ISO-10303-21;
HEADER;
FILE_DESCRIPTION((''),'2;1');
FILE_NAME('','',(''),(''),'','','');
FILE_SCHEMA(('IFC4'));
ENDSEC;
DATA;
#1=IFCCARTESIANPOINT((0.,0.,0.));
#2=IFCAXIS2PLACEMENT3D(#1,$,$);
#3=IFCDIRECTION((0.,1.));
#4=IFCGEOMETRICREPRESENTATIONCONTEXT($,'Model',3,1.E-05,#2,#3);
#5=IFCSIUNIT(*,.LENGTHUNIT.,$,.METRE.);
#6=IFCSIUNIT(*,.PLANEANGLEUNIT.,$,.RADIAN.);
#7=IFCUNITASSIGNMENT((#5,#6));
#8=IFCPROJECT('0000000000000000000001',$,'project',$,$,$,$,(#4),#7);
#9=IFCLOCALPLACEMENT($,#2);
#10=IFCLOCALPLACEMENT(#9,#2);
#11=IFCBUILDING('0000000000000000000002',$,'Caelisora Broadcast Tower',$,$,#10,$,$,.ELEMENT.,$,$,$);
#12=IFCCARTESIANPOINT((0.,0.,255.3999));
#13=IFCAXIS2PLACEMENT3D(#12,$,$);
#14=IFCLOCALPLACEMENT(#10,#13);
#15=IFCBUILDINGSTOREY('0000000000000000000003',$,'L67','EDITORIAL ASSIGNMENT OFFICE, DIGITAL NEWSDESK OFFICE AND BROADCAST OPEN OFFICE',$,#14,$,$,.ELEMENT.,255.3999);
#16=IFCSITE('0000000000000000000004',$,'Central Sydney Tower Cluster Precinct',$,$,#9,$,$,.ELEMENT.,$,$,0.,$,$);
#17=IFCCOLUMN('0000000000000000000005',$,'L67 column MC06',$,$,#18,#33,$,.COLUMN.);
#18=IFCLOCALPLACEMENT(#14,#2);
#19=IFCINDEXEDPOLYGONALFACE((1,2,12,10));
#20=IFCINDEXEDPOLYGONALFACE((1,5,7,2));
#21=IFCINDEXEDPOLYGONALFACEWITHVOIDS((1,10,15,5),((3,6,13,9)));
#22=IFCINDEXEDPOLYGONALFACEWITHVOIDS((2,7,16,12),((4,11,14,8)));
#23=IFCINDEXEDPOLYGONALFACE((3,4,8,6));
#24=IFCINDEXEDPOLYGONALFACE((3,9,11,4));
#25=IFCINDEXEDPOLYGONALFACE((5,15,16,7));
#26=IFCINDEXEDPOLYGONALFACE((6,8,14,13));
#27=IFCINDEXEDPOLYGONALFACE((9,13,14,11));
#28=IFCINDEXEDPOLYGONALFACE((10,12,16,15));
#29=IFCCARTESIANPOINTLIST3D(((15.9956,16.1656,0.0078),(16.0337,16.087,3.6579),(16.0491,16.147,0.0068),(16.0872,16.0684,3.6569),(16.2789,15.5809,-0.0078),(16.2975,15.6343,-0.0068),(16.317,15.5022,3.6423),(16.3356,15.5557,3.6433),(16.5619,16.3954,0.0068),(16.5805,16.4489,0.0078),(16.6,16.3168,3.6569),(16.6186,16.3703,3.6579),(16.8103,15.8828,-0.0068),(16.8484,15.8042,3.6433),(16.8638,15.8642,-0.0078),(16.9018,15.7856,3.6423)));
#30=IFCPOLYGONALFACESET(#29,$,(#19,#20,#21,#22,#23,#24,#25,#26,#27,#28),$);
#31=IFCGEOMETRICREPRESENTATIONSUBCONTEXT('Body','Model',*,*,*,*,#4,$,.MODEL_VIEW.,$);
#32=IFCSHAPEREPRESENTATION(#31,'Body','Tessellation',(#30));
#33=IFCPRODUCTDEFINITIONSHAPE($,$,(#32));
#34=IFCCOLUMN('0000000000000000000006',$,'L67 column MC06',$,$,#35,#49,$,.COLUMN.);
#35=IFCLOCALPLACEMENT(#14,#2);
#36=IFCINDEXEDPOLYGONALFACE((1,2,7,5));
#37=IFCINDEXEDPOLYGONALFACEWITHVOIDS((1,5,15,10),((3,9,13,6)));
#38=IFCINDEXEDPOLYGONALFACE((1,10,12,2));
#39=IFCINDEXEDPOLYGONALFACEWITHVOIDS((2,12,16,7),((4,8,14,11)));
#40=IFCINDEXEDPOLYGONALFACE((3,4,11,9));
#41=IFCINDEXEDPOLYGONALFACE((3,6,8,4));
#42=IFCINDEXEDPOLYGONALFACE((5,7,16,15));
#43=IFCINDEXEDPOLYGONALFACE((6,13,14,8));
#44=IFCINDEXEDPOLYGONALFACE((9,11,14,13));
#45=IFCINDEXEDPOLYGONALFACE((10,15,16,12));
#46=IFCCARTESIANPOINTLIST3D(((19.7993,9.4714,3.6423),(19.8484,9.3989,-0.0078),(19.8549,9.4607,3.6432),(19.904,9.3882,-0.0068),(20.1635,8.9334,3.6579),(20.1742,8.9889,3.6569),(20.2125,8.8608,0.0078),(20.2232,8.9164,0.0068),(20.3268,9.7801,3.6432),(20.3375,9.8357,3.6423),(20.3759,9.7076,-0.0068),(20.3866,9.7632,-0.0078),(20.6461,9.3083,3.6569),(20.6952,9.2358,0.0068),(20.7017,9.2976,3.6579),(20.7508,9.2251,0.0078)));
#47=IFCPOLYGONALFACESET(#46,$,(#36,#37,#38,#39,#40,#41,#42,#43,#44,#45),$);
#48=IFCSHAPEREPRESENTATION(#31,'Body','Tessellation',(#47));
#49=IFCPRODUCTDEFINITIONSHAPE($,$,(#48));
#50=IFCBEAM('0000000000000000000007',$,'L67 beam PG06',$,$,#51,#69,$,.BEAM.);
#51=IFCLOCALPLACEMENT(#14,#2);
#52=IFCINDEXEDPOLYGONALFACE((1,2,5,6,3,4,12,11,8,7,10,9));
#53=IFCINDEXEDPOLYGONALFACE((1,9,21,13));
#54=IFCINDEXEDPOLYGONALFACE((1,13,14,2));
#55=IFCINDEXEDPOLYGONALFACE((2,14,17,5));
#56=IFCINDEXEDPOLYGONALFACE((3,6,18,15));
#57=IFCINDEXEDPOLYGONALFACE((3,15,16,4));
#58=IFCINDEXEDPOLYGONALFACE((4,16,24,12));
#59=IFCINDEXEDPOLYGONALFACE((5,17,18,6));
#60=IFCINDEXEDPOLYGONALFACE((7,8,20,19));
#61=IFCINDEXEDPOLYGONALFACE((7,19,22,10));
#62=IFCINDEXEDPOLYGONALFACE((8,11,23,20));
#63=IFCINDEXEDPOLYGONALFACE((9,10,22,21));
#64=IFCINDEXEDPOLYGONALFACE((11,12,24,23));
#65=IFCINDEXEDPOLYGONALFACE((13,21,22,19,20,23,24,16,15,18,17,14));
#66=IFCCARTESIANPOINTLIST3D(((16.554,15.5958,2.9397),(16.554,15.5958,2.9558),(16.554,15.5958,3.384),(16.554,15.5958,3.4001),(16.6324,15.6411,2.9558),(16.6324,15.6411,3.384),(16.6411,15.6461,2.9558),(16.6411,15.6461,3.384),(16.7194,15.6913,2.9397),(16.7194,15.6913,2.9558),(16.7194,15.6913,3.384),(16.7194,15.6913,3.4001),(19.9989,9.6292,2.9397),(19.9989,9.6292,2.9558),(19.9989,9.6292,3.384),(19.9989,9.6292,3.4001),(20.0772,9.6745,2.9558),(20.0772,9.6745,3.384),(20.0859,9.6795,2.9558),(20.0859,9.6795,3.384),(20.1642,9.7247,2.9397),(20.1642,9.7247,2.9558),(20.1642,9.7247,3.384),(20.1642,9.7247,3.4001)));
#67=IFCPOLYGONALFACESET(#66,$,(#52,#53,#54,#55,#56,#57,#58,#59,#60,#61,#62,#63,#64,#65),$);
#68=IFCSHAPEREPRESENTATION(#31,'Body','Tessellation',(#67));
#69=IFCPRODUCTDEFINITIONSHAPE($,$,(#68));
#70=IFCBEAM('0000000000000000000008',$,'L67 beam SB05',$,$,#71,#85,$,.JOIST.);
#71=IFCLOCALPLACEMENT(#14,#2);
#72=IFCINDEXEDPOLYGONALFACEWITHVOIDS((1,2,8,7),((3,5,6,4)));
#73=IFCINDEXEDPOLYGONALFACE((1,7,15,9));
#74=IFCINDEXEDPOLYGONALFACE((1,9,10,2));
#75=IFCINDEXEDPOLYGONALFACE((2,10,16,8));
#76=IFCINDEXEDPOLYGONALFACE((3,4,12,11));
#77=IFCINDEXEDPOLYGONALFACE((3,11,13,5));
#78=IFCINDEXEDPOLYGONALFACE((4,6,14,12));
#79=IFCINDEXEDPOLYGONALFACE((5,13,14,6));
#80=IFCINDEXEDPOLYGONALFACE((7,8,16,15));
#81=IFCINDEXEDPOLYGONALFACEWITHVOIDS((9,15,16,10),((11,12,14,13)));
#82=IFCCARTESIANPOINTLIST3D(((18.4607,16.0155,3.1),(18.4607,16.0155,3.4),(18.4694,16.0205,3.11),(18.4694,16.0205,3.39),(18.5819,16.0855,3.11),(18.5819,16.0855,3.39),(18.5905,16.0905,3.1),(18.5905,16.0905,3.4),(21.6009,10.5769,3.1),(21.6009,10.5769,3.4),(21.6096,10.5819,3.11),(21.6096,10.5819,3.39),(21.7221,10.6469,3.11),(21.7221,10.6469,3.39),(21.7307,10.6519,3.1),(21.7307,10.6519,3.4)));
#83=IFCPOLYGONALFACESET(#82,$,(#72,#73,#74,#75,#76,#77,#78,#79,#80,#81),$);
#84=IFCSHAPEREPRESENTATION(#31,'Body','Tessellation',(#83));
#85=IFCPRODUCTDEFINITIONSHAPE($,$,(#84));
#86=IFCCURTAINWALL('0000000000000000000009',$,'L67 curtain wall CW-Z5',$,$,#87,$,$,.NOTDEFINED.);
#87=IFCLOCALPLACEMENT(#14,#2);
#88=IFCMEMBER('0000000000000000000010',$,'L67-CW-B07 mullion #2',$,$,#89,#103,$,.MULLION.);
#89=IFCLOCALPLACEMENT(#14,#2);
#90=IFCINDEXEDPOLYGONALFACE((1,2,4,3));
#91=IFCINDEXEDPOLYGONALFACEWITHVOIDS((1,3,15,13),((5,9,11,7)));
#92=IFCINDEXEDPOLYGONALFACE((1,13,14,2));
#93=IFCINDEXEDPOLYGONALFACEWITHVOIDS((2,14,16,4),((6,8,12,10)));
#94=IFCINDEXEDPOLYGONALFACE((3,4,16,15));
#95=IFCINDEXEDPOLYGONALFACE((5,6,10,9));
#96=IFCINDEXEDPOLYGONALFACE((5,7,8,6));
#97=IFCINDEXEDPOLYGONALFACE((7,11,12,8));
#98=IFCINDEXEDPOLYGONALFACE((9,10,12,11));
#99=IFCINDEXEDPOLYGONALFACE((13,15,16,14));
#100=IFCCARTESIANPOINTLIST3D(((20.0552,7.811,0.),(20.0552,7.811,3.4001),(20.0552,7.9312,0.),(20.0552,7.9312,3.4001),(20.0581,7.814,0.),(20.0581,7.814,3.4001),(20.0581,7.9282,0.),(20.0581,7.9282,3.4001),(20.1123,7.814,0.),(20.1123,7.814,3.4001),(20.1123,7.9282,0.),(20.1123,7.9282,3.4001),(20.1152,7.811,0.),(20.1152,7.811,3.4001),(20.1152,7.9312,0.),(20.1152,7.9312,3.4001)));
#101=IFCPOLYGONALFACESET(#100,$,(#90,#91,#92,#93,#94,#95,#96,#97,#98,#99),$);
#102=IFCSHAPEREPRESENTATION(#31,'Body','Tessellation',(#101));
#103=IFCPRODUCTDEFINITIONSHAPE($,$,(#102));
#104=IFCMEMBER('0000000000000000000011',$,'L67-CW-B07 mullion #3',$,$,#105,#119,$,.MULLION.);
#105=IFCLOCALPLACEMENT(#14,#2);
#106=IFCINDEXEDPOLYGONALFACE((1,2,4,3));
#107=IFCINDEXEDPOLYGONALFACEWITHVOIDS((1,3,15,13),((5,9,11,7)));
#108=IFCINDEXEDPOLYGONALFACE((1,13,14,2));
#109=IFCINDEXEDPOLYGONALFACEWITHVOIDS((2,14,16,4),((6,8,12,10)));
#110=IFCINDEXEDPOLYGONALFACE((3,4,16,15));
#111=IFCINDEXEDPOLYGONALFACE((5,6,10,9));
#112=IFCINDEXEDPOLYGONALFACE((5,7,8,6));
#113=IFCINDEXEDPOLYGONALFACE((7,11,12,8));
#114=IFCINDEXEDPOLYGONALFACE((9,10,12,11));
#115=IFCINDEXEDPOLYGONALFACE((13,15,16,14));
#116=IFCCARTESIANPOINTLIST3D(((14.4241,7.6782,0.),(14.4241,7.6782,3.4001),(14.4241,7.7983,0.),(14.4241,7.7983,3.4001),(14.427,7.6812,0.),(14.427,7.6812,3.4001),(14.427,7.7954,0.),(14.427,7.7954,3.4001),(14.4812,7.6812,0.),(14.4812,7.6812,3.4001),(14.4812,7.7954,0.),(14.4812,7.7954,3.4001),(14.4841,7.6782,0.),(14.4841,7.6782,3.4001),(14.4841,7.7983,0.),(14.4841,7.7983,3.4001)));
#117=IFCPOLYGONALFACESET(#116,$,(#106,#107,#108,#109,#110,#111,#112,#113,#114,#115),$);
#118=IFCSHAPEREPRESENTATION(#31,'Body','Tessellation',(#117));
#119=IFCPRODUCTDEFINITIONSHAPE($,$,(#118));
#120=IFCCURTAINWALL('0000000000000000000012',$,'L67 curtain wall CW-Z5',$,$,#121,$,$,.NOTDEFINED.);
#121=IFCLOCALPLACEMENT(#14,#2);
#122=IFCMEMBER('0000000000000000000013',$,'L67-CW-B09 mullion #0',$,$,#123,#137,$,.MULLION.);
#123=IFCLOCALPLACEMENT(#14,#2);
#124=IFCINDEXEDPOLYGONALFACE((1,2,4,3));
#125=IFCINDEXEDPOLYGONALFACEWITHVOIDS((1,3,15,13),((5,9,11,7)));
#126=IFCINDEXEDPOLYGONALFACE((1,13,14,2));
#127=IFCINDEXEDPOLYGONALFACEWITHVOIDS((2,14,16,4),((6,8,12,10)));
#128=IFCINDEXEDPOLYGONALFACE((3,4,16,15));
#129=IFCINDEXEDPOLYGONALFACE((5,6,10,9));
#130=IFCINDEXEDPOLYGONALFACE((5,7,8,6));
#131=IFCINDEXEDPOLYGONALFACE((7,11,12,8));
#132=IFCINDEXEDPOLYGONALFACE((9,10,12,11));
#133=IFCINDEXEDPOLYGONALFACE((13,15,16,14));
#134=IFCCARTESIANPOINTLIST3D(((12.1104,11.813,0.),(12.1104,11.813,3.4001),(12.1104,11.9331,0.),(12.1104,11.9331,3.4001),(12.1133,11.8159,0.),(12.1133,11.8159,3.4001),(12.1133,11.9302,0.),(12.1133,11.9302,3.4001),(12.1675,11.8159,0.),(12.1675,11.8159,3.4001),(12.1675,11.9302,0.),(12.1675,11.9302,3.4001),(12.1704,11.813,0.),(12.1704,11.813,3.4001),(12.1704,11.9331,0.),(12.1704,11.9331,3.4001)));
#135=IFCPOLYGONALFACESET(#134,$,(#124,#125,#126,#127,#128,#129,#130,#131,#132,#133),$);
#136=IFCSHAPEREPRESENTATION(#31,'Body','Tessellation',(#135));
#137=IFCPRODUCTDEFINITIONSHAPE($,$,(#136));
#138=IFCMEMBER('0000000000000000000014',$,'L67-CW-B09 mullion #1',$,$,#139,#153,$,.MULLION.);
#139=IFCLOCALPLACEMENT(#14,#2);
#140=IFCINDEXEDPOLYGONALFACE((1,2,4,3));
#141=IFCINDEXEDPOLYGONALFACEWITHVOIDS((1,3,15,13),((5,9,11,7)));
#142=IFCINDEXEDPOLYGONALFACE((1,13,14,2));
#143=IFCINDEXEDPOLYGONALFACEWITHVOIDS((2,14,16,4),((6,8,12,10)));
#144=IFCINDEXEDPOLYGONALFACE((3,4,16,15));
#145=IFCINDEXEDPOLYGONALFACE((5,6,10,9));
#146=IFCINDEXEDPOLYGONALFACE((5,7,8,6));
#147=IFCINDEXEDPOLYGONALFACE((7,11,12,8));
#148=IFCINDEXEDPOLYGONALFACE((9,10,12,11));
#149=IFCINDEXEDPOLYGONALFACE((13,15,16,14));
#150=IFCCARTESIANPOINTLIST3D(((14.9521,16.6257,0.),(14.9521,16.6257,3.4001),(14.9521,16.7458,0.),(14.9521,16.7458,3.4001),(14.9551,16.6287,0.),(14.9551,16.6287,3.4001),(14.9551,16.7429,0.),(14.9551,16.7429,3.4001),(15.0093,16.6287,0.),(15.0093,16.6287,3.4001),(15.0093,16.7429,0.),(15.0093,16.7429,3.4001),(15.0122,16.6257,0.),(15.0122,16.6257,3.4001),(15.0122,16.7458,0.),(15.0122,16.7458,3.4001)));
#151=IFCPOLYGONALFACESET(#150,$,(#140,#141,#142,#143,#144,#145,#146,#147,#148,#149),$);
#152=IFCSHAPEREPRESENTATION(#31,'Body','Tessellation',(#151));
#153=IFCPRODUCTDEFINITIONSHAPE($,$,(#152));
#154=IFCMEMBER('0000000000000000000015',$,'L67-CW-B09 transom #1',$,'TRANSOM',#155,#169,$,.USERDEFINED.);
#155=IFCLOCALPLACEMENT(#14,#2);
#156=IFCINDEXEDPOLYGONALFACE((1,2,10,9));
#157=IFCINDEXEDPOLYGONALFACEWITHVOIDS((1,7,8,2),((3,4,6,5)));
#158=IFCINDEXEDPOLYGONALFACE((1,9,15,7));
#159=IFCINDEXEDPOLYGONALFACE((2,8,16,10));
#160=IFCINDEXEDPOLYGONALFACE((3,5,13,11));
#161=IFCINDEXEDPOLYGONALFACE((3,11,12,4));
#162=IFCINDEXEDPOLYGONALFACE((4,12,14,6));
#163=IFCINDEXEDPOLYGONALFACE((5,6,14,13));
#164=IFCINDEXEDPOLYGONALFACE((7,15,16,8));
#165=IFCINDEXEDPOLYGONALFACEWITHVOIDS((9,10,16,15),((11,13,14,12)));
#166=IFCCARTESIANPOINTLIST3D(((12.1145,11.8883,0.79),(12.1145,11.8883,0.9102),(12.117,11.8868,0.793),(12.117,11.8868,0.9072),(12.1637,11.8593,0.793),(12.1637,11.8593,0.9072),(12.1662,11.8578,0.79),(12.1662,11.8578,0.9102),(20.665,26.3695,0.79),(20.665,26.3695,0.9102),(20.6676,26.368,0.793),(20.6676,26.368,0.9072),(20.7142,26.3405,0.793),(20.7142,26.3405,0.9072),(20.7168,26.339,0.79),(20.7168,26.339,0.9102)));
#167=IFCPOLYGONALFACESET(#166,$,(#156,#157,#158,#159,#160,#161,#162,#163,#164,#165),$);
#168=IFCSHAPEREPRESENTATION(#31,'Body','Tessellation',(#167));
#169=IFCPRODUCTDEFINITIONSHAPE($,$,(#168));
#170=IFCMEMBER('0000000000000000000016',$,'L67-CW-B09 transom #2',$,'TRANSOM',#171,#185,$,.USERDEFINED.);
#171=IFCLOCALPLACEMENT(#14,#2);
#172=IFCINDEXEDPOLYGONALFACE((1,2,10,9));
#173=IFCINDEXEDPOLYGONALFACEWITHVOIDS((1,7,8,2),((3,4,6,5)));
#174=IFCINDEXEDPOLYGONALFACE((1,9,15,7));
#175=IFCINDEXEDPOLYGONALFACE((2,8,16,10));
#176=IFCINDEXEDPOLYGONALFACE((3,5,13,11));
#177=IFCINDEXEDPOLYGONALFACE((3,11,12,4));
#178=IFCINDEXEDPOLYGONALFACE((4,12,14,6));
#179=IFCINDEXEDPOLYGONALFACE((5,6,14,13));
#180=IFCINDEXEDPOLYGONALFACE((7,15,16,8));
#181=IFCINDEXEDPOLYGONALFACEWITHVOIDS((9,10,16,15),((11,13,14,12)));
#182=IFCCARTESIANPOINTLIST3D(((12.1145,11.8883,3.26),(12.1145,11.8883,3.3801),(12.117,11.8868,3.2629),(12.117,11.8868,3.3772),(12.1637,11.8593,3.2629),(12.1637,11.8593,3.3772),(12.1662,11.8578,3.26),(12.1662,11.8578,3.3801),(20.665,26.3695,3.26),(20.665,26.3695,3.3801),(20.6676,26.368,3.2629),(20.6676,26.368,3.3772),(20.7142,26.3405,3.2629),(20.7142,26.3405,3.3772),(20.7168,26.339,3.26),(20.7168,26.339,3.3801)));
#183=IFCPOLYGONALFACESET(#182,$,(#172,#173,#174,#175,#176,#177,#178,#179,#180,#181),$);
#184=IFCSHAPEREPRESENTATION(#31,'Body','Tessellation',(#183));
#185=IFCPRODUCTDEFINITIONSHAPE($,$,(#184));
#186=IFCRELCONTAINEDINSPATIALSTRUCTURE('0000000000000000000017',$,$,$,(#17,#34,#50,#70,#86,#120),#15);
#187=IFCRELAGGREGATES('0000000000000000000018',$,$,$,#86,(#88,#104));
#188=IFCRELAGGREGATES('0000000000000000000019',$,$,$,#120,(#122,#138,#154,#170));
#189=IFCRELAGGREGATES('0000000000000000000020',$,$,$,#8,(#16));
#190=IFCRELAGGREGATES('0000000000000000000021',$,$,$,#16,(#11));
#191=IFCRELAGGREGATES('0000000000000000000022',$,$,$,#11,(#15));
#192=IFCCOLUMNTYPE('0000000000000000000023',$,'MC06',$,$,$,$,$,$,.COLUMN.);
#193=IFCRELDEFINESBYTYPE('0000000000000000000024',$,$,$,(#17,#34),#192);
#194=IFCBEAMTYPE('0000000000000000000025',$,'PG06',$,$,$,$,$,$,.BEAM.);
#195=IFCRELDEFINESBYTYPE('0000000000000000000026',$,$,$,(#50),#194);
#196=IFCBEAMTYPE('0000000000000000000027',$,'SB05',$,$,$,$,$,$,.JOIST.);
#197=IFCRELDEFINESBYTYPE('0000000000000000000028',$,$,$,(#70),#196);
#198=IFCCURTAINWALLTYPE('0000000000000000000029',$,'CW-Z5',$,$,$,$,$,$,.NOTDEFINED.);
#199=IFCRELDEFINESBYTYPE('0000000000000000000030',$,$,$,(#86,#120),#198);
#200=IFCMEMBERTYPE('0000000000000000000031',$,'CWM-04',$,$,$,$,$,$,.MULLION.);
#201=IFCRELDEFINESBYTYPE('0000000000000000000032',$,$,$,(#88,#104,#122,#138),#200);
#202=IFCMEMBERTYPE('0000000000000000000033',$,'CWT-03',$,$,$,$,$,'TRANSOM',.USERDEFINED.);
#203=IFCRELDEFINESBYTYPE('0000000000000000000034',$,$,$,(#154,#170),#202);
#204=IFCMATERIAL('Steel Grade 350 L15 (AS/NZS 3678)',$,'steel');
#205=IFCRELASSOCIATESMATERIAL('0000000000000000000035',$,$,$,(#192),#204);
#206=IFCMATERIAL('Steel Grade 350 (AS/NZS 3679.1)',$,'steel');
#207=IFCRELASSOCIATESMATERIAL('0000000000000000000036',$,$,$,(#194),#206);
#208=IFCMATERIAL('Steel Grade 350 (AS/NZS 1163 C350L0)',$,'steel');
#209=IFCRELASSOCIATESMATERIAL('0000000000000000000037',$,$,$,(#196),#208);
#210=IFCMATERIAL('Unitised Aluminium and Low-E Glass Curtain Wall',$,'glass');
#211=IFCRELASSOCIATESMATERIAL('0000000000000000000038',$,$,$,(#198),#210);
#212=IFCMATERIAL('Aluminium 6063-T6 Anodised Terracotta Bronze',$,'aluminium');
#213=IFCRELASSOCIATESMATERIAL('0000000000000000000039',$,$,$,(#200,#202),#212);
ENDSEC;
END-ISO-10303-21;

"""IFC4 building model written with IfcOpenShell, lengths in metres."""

from ifc_helpers import new_model, si_unit, direction, frame, origin, origin_2d, place, context, subcontext, project, spatial, hollow_rectangle, i_section, extrude, source, transform, mapped, material, material_profile, profile_set, type_object, type_shapes, element, aggregate, save


model = new_model("IFC4")

# Units and contexts
model_context = context("Model", 3, precision=1e-05, world=origin(), true_north=direction((0.0, 1.0)))
body_context = subcontext(model_context, "Body", "Model", "MODEL_VIEW")
ifc_project = project(units=[si_unit("LENGTHUNIT", "METRE"), si_unit("PLANEANGLEUNIT", "RADIAN")], contexts=[model_context])

# Site, building, storey
site_placement = place(None, origin())
site = spatial("IfcSite", under=ifc_project, at=site_placement, Name="Central Sydney Tower Cluster Precinct", CompositionType="ELEMENT", RefElevation=0.0)
building_placement = place(site_placement, origin())
building = spatial("IfcBuilding", under=site, at=building_placement, Name="Caelisora Broadcast Tower", CompositionType="ELEMENT")
storey_placement = place(building_placement, frame((0.0, 0.0, 255.3999)))
storey = spatial("IfcBuildingStorey", under=building, at=storey_placement, Name="L67", Description="EDITORIAL ASSIGNMENT OFFICE, DIGITAL NEWSDESK OFFICE AND BROADCAST OPEN OFFICE", CompositionType="ELEMENT", Elevation=255.3999)

# Columns
ifc_material_1 = material(Name="Steel Grade 350 L15 (AS/NZS 3678)", Category="steel")
ifc_material_profile_1 = material_profile(ifc_material_1, hollow_rectangle(XDim=0.6499, YDim=0.6499, WallThickness=0.04, at=origin_2d()), Name="Steel Grade 350 L15 (AS/NZS 3678)")
ifc_profile_set_1 = profile_set([ifc_material_profile_1], Name="Steel Grade 350 L15 (AS/NZS 3678)")
column_type = type_object("IfcColumnType", Name="MC06", PredefinedType="COLUMN", material=ifc_profile_set_1)
shared_shape_1 = source(origin(), body_context, "Body", "SweptSolid", [
    extrude(hollow_rectangle(XDim=0.6499, YDim=0.6499, WallThickness=0.04, at=origin_2d()), origin(), (0.0, 0.0, 1.0), 3.6511),
])
type_shapes(column_type, [shared_shape_1])
for number, where, z_axis, x_axis, name in (
    (1, (16.4297, 16.0149, 0.0), (0.010431, -0.021531, 0.999714), (0.899947, 0.435999, 0.0), "L67 column MC06"),
    (2, (20.2996, 9.312, 0.0), (-0.01344, 0.019859, 0.999712), (-0.828169, -0.560478, 0.0), "L67 column MC06"),
):
    element("IfcColumn", number, at=place(storey_placement, frame(where, z_axis=z_axis, x_axis=x_axis)), inside=storey, type_object=column_type, Name=name, PredefinedType="COLUMN", context=body_context, shape_type="MappedRepresentation", body=[
        mapped(shared_shape_1, transform((0.0, 0.0, 0.0), scale=1.0)),
    ])

# Beams
ifc_material_2 = material(Name="Steel Grade 350 (AS/NZS 3679.1)", Category="steel")
ifc_material_profile_2 = material_profile(ifc_material_2, i_section(OverallWidth=0.1909, OverallDepth=0.4604, WebThickness=0.01, FlangeThickness=0.0161, at=origin_2d()), Name="Steel Grade 350 (AS/NZS 3679.1)")
ifc_profile_set_2 = profile_set([ifc_material_profile_2], Name="Steel Grade 350 (AS/NZS 3679.1)")
beam_type_1 = type_object("IfcBeamType", Name="PG06", PredefinedType="BEAM", material=ifc_profile_set_2)
shared_shape_2 = source(origin(), body_context, "Body", "SweptSolid", [
    extrude(i_section(OverallWidth=0.1909, OverallDepth=0.4604, WebThickness=0.01, FlangeThickness=0.0161, at=origin_2d()), origin(), (0.0, 0.0, 1.0), 6.8896),
])
type_shapes(beam_type_1, [shared_shape_2])
beam_1_placement = place(storey_placement, frame((16.6367, 15.6436, 3.1699), z_axis=(0.500004, -0.866023, 0.0), x_axis=(0.866023, 0.500004, 0.0)))
element("IfcBeam", 3, at=beam_1_placement, inside=storey, type_object=beam_type_1, Name="L67 beam PG06", PredefinedType="BEAM", context=body_context, shape_type="MappedRepresentation", body=[
    mapped(shared_shape_2, transform((0.0, 0.0, 0.0), scale=1.0)),
])
ifc_material_3 = material(Name="Steel Grade 350 (AS/NZS 1163 C350L0)", Category="steel")
ifc_material_profile_3 = material_profile(ifc_material_3, hollow_rectangle(XDim=0.1499, YDim=0.3, WallThickness=0.01, at=origin_2d()), Name="Steel Grade 350 (AS/NZS 1163 C350L0)")
ifc_profile_set_3 = profile_set([ifc_material_profile_3], Name="Steel Grade 350 (AS/NZS 1163 C350L0)")
beam_type_2 = type_object("IfcBeamType", Name="SB05", PredefinedType="JOIST", material=ifc_profile_set_3)
shared_shape_3 = source(origin(), body_context, "Body", "SweptSolid", [
    extrude(hollow_rectangle(XDim=0.1499, YDim=0.3, WallThickness=0.01, at=origin_2d()), origin(), (0.0, 0.0, 1.0), 6.28),
])
type_shapes(beam_type_2, [shared_shape_3])
beam_2_placement = place(storey_placement, frame((18.5256, 16.053, 3.25), z_axis=(0.500028, -0.866009, 0.0), x_axis=(0.866009, 0.500028, 0.0)))
element("IfcBeam", 4, at=beam_2_placement, inside=storey, type_object=beam_type_2, Name="L67 beam SB05", PredefinedType="JOIST", context=body_context, shape_type="MappedRepresentation", body=[
    mapped(shared_shape_3, transform((0.0, 0.0, 0.0), scale=1.0)),
])

# Curtain walls, members
ifc_material_4 = material(Name="Unitised Aluminium and Low-E Glass Curtain Wall", Category="glass")
curtain_wall_type = type_object("IfcCurtainWallType", Name="CW-Z5", PredefinedType="NOTDEFINED", material=ifc_material_4)
curtain_wall_1_placement = place(storey_placement, origin())
curtain_wall_1 = element("IfcCurtainWall", 5, at=curtain_wall_1_placement, inside=storey, type_object=curtain_wall_type, Name="L67 curtain wall CW-Z5", PredefinedType="NOTDEFINED")
ifc_material_5 = material(Name="Aluminium 6063-T6 Anodised Terracotta Bronze", Category="aluminium")
ifc_material_profile_4 = material_profile(ifc_material_5, hollow_rectangle(XDim=0.0601, YDim=0.1201, WallThickness=0.0029, at=origin_2d()), Name="Aluminium 6063-T6 Anodised Terracotta Bronze")
ifc_profile_set_4 = profile_set([ifc_material_profile_4], Name="Aluminium 6063-T6 Anodised Terracotta Bronze")
member_type_1 = type_object("IfcMemberType", Name="CWM-04", PredefinedType="MULLION", material=ifc_profile_set_4)
shared_shape_4 = source(origin(), body_context, "Body", "SweptSolid", [
    extrude(hollow_rectangle(XDim=0.0601, YDim=0.1201, WallThickness=0.0029, at=origin_2d()), origin(), (0.0, 0.0, 1.0), 3.4001),
])
type_shapes(member_type_1, [shared_shape_4])
member_1_placement = place(storey_placement, frame((20.0852, 7.8711, 0.0), z_axis=(0.0, 0.0, 1.0), x_axis=(1.0, 0.0, 0.0)))
member_1 = element("IfcMember", 6, at=member_1_placement, type_object=member_type_1, Name="L67-CW-B07 mullion #2", PredefinedType="MULLION", context=body_context, shape_type="MappedRepresentation", body=[
    mapped(shared_shape_4, transform((0.0, 0.0, 0.0), scale=1.0)),
])
member_2_placement = place(storey_placement, frame((14.4541, 7.7383, 0.0), z_axis=(0.0, 0.0, 1.0), x_axis=(1.0, 0.0, 0.0)))
member_2 = element("IfcMember", 7, at=member_2_placement, type_object=member_type_1, Name="L67-CW-B07 mullion #3", PredefinedType="MULLION", context=body_context, shape_type="MappedRepresentation", body=[
    mapped(shared_shape_4, transform((0.0, 0.0, 0.0), scale=1.0)),
])
curtain_wall_2_placement = place(storey_placement, origin())
curtain_wall_2 = element("IfcCurtainWall", 8, at=curtain_wall_2_placement, inside=storey, type_object=curtain_wall_type, Name="L67 curtain wall CW-Z5", PredefinedType="NOTDEFINED")
member_3_placement = place(storey_placement, frame((12.1404, 11.873, 0.0), z_axis=(0.0, 0.0, 1.0), x_axis=(1.0, 0.0, 0.0)))
member_3 = element("IfcMember", 9, at=member_3_placement, type_object=member_type_1, Name="L67-CW-B09 mullion #0", PredefinedType="MULLION", context=body_context, shape_type="MappedRepresentation", body=[
    mapped(shared_shape_4, transform((0.0, 0.0, 0.0), scale=1.0)),
])
member_4_placement = place(storey_placement, frame((14.9822, 16.6858, 0.0), z_axis=(0.0, 0.0, 1.0), x_axis=(1.0, 0.0, 0.0)))
member_4 = element("IfcMember", 10, at=member_4_placement, type_object=member_type_1, Name="L67-CW-B09 mullion #1", PredefinedType="MULLION", context=body_context, shape_type="MappedRepresentation", body=[
    mapped(shared_shape_4, transform((0.0, 0.0, 0.0), scale=1.0)),
])
ifc_material_profile_5 = material_profile(ifc_material_5, hollow_rectangle(XDim=0.0601, YDim=0.1201, WallThickness=0.0029, at=origin_2d()), Name="Aluminium 6063-T6 Anodised Terracotta Bronze")
ifc_profile_set_5 = profile_set([ifc_material_profile_5], Name="Aluminium 6063-T6 Anodised Terracotta Bronze")
member_type_2 = type_object("IfcMemberType", Name="CWT-03", ElementType="TRANSOM", PredefinedType="USERDEFINED", material=ifc_profile_set_5)
shared_shape_5 = source(origin(), body_context, "Body", "SweptSolid", [
    extrude(hollow_rectangle(XDim=0.0601, YDim=0.1201, WallThickness=0.0029, at=origin_2d()), origin(), (0.0, 0.0, 1.0), 16.8171),
])
type_shapes(member_type_2, [shared_shape_5])
member_5_placement = place(storey_placement, frame((12.1404, 11.873, 0.8501), z_axis=(0.508441, 0.861097, 0.0), x_axis=(-0.861097, 0.508441, 0.0)))
member_5 = element("IfcMember", 11, at=member_5_placement, type_object=member_type_2, Name="L67-CW-B09 transom #1", ObjectType="TRANSOM", PredefinedType="USERDEFINED", context=body_context, shape_type="MappedRepresentation", body=[
    mapped(shared_shape_5, transform((0.0, 0.0, 0.0), scale=1.0)),
])
member_6_placement = place(storey_placement, frame((12.1404, 11.873, 3.3201), z_axis=(0.508441, 0.861097, 0.0), x_axis=(-0.861097, 0.508441, 0.0)))
member_6 = element("IfcMember", 12, at=member_6_placement, type_object=member_type_2, Name="L67-CW-B09 transom #2", ObjectType="TRANSOM", PredefinedType="USERDEFINED", context=body_context, shape_type="MappedRepresentation", body=[
    mapped(shared_shape_5, transform((0.0, 0.0, 0.0), scale=1.0)),
])

aggregate(curtain_wall_1, [member_1, member_2])
aggregate(curtain_wall_2, [member_3, member_4, member_5, member_6])

save(model, "model.ifc")
